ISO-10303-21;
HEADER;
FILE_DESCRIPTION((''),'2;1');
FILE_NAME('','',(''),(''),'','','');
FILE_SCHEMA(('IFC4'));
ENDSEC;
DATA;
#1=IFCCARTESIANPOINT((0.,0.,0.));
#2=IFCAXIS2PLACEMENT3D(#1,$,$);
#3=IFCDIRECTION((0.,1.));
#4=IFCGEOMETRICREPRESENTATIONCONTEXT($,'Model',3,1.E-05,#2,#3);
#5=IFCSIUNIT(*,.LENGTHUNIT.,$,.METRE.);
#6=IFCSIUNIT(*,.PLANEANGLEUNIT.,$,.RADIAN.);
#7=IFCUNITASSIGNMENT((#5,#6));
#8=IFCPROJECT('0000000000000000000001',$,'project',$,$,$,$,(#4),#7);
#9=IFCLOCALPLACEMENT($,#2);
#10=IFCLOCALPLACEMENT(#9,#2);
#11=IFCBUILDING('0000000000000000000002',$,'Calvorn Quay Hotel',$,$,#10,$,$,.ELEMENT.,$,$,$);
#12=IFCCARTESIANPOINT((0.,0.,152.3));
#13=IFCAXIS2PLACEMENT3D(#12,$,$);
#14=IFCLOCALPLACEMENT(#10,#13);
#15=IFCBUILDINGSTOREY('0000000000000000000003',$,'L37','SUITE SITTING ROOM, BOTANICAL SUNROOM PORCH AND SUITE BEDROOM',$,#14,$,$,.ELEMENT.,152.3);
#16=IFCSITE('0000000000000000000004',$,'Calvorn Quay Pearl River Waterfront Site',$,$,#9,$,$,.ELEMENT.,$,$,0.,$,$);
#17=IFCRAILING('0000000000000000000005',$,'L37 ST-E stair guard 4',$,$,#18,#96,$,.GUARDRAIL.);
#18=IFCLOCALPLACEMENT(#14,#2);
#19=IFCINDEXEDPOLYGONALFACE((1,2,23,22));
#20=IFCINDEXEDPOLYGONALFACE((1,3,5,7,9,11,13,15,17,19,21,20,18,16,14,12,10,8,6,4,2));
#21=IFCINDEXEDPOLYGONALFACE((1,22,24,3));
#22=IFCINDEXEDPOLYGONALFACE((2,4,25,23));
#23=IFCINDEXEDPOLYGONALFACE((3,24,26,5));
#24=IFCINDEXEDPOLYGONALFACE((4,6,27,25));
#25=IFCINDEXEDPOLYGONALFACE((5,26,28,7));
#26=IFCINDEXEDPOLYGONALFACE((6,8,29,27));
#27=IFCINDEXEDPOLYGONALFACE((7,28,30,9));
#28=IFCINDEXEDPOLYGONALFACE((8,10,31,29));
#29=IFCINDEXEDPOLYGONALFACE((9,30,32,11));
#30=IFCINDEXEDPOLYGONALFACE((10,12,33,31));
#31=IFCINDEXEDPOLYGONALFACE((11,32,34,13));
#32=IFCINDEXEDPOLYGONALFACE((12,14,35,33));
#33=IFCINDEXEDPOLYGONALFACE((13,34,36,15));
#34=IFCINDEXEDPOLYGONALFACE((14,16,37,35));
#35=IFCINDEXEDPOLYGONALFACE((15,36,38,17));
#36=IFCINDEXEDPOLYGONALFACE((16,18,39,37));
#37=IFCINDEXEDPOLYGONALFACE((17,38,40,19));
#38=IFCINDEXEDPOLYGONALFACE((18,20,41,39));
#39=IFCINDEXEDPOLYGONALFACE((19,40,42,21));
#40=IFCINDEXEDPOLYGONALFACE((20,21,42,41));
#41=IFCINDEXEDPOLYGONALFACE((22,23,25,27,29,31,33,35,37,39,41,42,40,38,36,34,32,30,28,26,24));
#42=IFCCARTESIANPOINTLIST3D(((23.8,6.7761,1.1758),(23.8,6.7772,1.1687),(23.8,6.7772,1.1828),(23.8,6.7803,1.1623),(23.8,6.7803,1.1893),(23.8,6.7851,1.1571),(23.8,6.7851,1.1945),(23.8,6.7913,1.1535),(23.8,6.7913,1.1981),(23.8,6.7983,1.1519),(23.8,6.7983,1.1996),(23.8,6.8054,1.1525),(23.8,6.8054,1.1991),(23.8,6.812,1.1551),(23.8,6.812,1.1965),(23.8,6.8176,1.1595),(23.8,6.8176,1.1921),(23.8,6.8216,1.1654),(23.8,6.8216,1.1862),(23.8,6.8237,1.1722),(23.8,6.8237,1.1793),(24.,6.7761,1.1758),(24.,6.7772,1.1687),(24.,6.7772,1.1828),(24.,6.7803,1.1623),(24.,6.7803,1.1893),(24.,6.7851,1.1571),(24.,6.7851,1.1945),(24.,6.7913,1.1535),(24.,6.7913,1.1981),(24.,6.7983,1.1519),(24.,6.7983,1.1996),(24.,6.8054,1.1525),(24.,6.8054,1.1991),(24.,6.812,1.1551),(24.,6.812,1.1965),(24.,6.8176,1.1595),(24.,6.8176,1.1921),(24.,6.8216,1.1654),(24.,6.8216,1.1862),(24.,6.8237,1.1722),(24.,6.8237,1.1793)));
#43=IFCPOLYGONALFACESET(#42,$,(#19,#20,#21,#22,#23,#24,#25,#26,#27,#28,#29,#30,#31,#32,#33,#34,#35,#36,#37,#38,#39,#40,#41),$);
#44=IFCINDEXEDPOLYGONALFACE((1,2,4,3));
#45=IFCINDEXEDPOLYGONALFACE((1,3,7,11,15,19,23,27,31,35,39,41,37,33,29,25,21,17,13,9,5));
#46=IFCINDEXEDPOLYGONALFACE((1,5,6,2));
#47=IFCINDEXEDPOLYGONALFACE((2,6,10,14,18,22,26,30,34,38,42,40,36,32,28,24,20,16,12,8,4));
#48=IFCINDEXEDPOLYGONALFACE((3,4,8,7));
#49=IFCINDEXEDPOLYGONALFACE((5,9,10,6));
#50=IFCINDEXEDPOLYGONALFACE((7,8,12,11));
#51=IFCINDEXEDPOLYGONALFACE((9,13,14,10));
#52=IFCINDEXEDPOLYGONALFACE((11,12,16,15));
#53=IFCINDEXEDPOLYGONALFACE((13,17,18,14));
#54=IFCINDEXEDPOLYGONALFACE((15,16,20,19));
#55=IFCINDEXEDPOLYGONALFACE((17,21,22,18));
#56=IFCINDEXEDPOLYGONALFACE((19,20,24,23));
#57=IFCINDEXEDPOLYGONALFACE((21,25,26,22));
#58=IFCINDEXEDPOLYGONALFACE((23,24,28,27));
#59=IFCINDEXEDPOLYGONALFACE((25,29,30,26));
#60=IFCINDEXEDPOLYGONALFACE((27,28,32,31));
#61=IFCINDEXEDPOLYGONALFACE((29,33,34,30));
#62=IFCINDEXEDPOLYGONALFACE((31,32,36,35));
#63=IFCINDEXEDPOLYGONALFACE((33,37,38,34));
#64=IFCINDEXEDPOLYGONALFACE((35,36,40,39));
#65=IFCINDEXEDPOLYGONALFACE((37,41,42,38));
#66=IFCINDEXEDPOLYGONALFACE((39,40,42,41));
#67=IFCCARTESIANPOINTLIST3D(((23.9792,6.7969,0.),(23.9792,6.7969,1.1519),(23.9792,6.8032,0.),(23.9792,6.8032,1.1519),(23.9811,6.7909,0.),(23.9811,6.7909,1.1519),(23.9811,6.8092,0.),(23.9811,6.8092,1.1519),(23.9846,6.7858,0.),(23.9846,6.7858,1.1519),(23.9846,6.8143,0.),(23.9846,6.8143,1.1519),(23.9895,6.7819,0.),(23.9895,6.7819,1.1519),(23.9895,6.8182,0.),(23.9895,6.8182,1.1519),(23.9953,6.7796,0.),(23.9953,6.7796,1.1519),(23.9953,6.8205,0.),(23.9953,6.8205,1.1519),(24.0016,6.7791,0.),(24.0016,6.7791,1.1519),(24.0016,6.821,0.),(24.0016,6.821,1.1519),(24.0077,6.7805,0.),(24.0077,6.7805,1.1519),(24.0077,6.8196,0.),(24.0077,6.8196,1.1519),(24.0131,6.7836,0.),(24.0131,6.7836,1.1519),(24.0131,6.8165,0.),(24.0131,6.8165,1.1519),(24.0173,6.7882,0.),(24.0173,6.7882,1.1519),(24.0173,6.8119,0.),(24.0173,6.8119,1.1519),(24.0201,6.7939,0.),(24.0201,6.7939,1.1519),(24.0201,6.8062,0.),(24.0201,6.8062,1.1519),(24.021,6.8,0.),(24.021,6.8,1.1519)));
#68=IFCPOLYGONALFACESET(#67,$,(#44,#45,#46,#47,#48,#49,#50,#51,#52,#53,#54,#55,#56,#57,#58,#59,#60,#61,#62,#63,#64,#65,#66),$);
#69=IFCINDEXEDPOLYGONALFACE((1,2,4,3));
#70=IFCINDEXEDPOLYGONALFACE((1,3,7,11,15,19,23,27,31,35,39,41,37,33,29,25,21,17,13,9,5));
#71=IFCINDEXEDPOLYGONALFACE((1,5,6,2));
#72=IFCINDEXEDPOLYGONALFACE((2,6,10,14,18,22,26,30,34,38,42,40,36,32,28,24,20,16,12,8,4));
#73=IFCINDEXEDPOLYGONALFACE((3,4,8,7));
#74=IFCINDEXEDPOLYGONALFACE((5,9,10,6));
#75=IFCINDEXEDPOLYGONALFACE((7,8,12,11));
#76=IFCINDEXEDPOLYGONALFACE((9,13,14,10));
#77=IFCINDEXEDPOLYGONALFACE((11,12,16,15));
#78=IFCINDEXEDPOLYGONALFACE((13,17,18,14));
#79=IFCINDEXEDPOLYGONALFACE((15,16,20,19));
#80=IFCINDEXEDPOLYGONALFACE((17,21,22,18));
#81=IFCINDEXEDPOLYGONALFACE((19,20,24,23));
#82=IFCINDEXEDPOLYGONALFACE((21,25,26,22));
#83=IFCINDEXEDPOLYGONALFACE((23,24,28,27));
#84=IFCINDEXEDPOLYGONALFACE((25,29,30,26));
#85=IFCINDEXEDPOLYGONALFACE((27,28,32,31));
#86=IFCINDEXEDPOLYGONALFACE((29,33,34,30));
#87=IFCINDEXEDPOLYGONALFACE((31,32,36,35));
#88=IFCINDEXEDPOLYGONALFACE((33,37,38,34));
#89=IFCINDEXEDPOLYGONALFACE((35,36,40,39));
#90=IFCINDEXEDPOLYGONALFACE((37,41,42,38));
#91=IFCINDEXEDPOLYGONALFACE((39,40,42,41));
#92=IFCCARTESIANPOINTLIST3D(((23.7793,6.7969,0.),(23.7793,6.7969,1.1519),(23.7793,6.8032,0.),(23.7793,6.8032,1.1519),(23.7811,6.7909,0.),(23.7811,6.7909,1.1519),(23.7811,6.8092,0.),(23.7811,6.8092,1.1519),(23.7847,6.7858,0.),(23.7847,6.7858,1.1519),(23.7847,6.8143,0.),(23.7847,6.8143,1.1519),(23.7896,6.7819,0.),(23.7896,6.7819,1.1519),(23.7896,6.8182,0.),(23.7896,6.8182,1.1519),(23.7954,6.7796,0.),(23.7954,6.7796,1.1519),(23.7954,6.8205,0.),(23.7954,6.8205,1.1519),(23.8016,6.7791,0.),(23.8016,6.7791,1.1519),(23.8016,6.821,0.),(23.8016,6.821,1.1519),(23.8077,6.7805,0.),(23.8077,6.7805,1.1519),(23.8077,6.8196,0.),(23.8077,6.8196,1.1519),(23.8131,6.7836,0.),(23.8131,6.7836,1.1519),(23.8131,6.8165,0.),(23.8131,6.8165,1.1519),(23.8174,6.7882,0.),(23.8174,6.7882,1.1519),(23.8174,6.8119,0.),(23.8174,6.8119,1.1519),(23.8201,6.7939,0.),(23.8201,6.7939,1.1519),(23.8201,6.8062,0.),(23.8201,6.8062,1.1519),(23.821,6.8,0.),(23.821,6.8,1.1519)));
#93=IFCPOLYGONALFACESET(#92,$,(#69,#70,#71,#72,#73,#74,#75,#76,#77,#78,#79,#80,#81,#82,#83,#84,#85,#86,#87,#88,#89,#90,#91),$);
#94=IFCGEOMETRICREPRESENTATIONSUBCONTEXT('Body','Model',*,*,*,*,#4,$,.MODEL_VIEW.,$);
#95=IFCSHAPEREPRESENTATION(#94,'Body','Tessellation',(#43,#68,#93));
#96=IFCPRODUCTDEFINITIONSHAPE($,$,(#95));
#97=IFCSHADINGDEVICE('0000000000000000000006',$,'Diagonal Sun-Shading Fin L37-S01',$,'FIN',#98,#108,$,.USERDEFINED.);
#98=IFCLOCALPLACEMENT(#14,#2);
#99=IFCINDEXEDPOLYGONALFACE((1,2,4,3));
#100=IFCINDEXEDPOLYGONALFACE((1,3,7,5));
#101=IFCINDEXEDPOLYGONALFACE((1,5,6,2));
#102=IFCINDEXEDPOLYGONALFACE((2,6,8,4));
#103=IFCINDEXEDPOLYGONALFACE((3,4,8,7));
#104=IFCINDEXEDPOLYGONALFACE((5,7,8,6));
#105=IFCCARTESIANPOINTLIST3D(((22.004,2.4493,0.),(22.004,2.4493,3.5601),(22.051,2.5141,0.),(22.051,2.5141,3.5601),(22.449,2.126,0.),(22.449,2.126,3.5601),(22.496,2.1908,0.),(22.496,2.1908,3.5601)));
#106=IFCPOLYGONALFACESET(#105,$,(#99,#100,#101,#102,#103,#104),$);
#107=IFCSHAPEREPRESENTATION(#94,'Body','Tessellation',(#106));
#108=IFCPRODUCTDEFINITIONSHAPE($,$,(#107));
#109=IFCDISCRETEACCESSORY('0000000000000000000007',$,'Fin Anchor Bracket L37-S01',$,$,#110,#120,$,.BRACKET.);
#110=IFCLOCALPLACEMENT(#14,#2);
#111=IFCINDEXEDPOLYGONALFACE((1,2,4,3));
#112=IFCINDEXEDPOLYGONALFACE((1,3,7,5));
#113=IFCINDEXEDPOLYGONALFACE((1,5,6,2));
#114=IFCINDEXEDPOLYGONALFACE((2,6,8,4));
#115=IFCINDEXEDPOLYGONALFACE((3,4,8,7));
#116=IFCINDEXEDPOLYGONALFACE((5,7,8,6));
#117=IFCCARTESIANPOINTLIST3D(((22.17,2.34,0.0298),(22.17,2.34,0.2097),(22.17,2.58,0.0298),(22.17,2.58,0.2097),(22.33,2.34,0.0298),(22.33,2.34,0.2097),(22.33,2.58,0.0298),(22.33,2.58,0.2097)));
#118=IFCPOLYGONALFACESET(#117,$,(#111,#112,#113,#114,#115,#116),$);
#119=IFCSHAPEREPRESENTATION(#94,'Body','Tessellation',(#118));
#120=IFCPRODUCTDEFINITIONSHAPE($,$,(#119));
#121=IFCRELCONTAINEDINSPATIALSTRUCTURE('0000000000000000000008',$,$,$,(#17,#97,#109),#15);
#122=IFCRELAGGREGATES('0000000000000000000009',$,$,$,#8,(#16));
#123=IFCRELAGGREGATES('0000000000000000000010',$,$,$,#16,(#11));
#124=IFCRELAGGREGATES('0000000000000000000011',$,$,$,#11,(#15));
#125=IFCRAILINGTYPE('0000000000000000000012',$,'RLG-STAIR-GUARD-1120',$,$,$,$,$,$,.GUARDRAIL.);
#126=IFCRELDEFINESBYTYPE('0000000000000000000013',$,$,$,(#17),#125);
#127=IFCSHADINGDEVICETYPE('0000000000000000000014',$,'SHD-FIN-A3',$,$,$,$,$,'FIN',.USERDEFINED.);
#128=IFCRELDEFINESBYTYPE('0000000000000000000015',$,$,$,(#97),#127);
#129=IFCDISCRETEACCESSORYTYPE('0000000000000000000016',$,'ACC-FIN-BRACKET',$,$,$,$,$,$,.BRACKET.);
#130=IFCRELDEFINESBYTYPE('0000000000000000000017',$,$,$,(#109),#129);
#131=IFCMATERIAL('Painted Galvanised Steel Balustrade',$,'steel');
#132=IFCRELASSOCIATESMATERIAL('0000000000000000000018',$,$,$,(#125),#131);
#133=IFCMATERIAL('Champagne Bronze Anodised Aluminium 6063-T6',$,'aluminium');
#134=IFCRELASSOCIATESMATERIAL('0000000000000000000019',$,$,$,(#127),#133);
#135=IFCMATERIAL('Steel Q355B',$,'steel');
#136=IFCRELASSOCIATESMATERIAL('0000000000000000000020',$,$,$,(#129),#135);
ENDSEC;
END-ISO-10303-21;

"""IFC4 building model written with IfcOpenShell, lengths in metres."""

from ifc_helpers import new_model, si_unit, direction, frame, origin, origin_2d, place, context, subcontext, project, spatial, rectangle, circle, extrude, material, type_object, element, save


model = new_model("IFC4")

# Units and contexts
model_context = context("Model", 3, precision=1e-05, world=origin(), true_north=direction((0.0, 1.0)))
body_context = subcontext(model_context, "Body", "Model", "MODEL_VIEW")
ifc_project = project(units=[si_unit("LENGTHUNIT", "METRE"), si_unit("PLANEANGLEUNIT", "RADIAN")], contexts=[model_context])

# Site, building, storey
site_placement = place(None, origin())
site = spatial("IfcSite", under=ifc_project, at=site_placement, Name="Calvorn Quay Pearl River Waterfront Site", CompositionType="ELEMENT", RefElevation=0.0)
building_placement = place(site_placement, origin())
building = spatial("IfcBuilding", under=site, at=building_placement, Name="Calvorn Quay Hotel", CompositionType="ELEMENT")
storey_placement = place(building_placement, frame((0.0, 0.0, 152.3)))
storey = spatial("IfcBuildingStorey", under=building, at=storey_placement, Name="L37", Description="SUITE SITTING ROOM, BOTANICAL SUNROOM PORCH AND SUITE BEDROOM", CompositionType="ELEMENT", Elevation=152.3)

# Railing
ifc_material_1 = material(Name="Painted Galvanised Steel Balustrade", Category="steel")
railing_type_1 = type_object("IfcRailingType", Name="RLG-STAIR-GUARD-1120", PredefinedType="GUARDRAIL", material=ifc_material_1)
railing_1_placement = place(storey_placement, frame((24.0, 6.8, 0.0)))
element("IfcRailing", 1, at=railing_1_placement, inside=storey, type_object=railing_type_1, Name="L37 ST-E stair guard 4", PredefinedType="GUARDRAIL", context=body_context, shape_type="SweptSolid", body=[
    extrude(circle(Radius=0.0239, at=origin_2d()), frame((0.0, 0.0, 1.1758), z_axis=(-1.0, 0.0, 0.0), x_axis=(0.0, -1.0, 0.0)), (0.0, 0.0, 1.0), 0.2),
    extrude(circle(Radius=0.021, at=origin_2d()), origin(), (0.0, 0.0, 1.0), 1.1519),
    extrude(circle(Radius=0.021, at=origin_2d()), frame((-0.2, 0.0, 0.0)), (0.0, 0.0, 1.0), 1.1519),
])

# Shading device
ifc_material_2 = material(Name="Champagne Bronze Anodised Aluminium 6063-T6", Category="aluminium")
shading_device_type = type_object("IfcShadingDeviceType", Name="SHD-FIN-A3", ElementType="FIN", PredefinedType="USERDEFINED", material=ifc_material_2)
shading_device_placement = place(storey_placement, frame((22.25, 2.3201, 0.0), z_axis=(0.0, 0.0, 1.0), x_axis=(-0.809017, 0.587785, 0.0)))
element("IfcShadingDevice", 2, at=shading_device_placement, inside=storey, type_object=shading_device_type, Name="Diagonal Sun-Shading Fin L37-S01", ObjectType="FIN", PredefinedType="USERDEFINED", context=body_context, shape_type="SweptSolid", body=[
    extrude(rectangle(XDim=0.55, YDim=0.0801, at=origin_2d()), origin(), (0.0, 0.0, 1.0), 3.5601),
])

# Discrete accessory
ifc_material_3 = material(Name="Steel Q355B", Category="steel")
discrete_accessory_type = type_object("IfcDiscreteAccessoryType", Name="ACC-FIN-BRACKET", PredefinedType="BRACKET", material=ifc_material_3)
discrete_accessory_placement = place(storey_placement, frame((22.25, 2.46, 0.0298), z_axis=(0.0, 0.0, 1.0), x_axis=(0.0, 1.0, 0.0)))
element("IfcDiscreteAccessory", 3, at=discrete_accessory_placement, inside=storey, type_object=discrete_accessory_type, Name="Fin Anchor Bracket L37-S01", PredefinedType="BRACKET", context=body_context, shape_type="SweptSolid", body=[
    extrude(rectangle(XDim=0.24, YDim=0.1599, at=origin_2d()), origin(), (0.0, 0.0, 1.0), 0.1799),
])

save(model, "model.ifc")
